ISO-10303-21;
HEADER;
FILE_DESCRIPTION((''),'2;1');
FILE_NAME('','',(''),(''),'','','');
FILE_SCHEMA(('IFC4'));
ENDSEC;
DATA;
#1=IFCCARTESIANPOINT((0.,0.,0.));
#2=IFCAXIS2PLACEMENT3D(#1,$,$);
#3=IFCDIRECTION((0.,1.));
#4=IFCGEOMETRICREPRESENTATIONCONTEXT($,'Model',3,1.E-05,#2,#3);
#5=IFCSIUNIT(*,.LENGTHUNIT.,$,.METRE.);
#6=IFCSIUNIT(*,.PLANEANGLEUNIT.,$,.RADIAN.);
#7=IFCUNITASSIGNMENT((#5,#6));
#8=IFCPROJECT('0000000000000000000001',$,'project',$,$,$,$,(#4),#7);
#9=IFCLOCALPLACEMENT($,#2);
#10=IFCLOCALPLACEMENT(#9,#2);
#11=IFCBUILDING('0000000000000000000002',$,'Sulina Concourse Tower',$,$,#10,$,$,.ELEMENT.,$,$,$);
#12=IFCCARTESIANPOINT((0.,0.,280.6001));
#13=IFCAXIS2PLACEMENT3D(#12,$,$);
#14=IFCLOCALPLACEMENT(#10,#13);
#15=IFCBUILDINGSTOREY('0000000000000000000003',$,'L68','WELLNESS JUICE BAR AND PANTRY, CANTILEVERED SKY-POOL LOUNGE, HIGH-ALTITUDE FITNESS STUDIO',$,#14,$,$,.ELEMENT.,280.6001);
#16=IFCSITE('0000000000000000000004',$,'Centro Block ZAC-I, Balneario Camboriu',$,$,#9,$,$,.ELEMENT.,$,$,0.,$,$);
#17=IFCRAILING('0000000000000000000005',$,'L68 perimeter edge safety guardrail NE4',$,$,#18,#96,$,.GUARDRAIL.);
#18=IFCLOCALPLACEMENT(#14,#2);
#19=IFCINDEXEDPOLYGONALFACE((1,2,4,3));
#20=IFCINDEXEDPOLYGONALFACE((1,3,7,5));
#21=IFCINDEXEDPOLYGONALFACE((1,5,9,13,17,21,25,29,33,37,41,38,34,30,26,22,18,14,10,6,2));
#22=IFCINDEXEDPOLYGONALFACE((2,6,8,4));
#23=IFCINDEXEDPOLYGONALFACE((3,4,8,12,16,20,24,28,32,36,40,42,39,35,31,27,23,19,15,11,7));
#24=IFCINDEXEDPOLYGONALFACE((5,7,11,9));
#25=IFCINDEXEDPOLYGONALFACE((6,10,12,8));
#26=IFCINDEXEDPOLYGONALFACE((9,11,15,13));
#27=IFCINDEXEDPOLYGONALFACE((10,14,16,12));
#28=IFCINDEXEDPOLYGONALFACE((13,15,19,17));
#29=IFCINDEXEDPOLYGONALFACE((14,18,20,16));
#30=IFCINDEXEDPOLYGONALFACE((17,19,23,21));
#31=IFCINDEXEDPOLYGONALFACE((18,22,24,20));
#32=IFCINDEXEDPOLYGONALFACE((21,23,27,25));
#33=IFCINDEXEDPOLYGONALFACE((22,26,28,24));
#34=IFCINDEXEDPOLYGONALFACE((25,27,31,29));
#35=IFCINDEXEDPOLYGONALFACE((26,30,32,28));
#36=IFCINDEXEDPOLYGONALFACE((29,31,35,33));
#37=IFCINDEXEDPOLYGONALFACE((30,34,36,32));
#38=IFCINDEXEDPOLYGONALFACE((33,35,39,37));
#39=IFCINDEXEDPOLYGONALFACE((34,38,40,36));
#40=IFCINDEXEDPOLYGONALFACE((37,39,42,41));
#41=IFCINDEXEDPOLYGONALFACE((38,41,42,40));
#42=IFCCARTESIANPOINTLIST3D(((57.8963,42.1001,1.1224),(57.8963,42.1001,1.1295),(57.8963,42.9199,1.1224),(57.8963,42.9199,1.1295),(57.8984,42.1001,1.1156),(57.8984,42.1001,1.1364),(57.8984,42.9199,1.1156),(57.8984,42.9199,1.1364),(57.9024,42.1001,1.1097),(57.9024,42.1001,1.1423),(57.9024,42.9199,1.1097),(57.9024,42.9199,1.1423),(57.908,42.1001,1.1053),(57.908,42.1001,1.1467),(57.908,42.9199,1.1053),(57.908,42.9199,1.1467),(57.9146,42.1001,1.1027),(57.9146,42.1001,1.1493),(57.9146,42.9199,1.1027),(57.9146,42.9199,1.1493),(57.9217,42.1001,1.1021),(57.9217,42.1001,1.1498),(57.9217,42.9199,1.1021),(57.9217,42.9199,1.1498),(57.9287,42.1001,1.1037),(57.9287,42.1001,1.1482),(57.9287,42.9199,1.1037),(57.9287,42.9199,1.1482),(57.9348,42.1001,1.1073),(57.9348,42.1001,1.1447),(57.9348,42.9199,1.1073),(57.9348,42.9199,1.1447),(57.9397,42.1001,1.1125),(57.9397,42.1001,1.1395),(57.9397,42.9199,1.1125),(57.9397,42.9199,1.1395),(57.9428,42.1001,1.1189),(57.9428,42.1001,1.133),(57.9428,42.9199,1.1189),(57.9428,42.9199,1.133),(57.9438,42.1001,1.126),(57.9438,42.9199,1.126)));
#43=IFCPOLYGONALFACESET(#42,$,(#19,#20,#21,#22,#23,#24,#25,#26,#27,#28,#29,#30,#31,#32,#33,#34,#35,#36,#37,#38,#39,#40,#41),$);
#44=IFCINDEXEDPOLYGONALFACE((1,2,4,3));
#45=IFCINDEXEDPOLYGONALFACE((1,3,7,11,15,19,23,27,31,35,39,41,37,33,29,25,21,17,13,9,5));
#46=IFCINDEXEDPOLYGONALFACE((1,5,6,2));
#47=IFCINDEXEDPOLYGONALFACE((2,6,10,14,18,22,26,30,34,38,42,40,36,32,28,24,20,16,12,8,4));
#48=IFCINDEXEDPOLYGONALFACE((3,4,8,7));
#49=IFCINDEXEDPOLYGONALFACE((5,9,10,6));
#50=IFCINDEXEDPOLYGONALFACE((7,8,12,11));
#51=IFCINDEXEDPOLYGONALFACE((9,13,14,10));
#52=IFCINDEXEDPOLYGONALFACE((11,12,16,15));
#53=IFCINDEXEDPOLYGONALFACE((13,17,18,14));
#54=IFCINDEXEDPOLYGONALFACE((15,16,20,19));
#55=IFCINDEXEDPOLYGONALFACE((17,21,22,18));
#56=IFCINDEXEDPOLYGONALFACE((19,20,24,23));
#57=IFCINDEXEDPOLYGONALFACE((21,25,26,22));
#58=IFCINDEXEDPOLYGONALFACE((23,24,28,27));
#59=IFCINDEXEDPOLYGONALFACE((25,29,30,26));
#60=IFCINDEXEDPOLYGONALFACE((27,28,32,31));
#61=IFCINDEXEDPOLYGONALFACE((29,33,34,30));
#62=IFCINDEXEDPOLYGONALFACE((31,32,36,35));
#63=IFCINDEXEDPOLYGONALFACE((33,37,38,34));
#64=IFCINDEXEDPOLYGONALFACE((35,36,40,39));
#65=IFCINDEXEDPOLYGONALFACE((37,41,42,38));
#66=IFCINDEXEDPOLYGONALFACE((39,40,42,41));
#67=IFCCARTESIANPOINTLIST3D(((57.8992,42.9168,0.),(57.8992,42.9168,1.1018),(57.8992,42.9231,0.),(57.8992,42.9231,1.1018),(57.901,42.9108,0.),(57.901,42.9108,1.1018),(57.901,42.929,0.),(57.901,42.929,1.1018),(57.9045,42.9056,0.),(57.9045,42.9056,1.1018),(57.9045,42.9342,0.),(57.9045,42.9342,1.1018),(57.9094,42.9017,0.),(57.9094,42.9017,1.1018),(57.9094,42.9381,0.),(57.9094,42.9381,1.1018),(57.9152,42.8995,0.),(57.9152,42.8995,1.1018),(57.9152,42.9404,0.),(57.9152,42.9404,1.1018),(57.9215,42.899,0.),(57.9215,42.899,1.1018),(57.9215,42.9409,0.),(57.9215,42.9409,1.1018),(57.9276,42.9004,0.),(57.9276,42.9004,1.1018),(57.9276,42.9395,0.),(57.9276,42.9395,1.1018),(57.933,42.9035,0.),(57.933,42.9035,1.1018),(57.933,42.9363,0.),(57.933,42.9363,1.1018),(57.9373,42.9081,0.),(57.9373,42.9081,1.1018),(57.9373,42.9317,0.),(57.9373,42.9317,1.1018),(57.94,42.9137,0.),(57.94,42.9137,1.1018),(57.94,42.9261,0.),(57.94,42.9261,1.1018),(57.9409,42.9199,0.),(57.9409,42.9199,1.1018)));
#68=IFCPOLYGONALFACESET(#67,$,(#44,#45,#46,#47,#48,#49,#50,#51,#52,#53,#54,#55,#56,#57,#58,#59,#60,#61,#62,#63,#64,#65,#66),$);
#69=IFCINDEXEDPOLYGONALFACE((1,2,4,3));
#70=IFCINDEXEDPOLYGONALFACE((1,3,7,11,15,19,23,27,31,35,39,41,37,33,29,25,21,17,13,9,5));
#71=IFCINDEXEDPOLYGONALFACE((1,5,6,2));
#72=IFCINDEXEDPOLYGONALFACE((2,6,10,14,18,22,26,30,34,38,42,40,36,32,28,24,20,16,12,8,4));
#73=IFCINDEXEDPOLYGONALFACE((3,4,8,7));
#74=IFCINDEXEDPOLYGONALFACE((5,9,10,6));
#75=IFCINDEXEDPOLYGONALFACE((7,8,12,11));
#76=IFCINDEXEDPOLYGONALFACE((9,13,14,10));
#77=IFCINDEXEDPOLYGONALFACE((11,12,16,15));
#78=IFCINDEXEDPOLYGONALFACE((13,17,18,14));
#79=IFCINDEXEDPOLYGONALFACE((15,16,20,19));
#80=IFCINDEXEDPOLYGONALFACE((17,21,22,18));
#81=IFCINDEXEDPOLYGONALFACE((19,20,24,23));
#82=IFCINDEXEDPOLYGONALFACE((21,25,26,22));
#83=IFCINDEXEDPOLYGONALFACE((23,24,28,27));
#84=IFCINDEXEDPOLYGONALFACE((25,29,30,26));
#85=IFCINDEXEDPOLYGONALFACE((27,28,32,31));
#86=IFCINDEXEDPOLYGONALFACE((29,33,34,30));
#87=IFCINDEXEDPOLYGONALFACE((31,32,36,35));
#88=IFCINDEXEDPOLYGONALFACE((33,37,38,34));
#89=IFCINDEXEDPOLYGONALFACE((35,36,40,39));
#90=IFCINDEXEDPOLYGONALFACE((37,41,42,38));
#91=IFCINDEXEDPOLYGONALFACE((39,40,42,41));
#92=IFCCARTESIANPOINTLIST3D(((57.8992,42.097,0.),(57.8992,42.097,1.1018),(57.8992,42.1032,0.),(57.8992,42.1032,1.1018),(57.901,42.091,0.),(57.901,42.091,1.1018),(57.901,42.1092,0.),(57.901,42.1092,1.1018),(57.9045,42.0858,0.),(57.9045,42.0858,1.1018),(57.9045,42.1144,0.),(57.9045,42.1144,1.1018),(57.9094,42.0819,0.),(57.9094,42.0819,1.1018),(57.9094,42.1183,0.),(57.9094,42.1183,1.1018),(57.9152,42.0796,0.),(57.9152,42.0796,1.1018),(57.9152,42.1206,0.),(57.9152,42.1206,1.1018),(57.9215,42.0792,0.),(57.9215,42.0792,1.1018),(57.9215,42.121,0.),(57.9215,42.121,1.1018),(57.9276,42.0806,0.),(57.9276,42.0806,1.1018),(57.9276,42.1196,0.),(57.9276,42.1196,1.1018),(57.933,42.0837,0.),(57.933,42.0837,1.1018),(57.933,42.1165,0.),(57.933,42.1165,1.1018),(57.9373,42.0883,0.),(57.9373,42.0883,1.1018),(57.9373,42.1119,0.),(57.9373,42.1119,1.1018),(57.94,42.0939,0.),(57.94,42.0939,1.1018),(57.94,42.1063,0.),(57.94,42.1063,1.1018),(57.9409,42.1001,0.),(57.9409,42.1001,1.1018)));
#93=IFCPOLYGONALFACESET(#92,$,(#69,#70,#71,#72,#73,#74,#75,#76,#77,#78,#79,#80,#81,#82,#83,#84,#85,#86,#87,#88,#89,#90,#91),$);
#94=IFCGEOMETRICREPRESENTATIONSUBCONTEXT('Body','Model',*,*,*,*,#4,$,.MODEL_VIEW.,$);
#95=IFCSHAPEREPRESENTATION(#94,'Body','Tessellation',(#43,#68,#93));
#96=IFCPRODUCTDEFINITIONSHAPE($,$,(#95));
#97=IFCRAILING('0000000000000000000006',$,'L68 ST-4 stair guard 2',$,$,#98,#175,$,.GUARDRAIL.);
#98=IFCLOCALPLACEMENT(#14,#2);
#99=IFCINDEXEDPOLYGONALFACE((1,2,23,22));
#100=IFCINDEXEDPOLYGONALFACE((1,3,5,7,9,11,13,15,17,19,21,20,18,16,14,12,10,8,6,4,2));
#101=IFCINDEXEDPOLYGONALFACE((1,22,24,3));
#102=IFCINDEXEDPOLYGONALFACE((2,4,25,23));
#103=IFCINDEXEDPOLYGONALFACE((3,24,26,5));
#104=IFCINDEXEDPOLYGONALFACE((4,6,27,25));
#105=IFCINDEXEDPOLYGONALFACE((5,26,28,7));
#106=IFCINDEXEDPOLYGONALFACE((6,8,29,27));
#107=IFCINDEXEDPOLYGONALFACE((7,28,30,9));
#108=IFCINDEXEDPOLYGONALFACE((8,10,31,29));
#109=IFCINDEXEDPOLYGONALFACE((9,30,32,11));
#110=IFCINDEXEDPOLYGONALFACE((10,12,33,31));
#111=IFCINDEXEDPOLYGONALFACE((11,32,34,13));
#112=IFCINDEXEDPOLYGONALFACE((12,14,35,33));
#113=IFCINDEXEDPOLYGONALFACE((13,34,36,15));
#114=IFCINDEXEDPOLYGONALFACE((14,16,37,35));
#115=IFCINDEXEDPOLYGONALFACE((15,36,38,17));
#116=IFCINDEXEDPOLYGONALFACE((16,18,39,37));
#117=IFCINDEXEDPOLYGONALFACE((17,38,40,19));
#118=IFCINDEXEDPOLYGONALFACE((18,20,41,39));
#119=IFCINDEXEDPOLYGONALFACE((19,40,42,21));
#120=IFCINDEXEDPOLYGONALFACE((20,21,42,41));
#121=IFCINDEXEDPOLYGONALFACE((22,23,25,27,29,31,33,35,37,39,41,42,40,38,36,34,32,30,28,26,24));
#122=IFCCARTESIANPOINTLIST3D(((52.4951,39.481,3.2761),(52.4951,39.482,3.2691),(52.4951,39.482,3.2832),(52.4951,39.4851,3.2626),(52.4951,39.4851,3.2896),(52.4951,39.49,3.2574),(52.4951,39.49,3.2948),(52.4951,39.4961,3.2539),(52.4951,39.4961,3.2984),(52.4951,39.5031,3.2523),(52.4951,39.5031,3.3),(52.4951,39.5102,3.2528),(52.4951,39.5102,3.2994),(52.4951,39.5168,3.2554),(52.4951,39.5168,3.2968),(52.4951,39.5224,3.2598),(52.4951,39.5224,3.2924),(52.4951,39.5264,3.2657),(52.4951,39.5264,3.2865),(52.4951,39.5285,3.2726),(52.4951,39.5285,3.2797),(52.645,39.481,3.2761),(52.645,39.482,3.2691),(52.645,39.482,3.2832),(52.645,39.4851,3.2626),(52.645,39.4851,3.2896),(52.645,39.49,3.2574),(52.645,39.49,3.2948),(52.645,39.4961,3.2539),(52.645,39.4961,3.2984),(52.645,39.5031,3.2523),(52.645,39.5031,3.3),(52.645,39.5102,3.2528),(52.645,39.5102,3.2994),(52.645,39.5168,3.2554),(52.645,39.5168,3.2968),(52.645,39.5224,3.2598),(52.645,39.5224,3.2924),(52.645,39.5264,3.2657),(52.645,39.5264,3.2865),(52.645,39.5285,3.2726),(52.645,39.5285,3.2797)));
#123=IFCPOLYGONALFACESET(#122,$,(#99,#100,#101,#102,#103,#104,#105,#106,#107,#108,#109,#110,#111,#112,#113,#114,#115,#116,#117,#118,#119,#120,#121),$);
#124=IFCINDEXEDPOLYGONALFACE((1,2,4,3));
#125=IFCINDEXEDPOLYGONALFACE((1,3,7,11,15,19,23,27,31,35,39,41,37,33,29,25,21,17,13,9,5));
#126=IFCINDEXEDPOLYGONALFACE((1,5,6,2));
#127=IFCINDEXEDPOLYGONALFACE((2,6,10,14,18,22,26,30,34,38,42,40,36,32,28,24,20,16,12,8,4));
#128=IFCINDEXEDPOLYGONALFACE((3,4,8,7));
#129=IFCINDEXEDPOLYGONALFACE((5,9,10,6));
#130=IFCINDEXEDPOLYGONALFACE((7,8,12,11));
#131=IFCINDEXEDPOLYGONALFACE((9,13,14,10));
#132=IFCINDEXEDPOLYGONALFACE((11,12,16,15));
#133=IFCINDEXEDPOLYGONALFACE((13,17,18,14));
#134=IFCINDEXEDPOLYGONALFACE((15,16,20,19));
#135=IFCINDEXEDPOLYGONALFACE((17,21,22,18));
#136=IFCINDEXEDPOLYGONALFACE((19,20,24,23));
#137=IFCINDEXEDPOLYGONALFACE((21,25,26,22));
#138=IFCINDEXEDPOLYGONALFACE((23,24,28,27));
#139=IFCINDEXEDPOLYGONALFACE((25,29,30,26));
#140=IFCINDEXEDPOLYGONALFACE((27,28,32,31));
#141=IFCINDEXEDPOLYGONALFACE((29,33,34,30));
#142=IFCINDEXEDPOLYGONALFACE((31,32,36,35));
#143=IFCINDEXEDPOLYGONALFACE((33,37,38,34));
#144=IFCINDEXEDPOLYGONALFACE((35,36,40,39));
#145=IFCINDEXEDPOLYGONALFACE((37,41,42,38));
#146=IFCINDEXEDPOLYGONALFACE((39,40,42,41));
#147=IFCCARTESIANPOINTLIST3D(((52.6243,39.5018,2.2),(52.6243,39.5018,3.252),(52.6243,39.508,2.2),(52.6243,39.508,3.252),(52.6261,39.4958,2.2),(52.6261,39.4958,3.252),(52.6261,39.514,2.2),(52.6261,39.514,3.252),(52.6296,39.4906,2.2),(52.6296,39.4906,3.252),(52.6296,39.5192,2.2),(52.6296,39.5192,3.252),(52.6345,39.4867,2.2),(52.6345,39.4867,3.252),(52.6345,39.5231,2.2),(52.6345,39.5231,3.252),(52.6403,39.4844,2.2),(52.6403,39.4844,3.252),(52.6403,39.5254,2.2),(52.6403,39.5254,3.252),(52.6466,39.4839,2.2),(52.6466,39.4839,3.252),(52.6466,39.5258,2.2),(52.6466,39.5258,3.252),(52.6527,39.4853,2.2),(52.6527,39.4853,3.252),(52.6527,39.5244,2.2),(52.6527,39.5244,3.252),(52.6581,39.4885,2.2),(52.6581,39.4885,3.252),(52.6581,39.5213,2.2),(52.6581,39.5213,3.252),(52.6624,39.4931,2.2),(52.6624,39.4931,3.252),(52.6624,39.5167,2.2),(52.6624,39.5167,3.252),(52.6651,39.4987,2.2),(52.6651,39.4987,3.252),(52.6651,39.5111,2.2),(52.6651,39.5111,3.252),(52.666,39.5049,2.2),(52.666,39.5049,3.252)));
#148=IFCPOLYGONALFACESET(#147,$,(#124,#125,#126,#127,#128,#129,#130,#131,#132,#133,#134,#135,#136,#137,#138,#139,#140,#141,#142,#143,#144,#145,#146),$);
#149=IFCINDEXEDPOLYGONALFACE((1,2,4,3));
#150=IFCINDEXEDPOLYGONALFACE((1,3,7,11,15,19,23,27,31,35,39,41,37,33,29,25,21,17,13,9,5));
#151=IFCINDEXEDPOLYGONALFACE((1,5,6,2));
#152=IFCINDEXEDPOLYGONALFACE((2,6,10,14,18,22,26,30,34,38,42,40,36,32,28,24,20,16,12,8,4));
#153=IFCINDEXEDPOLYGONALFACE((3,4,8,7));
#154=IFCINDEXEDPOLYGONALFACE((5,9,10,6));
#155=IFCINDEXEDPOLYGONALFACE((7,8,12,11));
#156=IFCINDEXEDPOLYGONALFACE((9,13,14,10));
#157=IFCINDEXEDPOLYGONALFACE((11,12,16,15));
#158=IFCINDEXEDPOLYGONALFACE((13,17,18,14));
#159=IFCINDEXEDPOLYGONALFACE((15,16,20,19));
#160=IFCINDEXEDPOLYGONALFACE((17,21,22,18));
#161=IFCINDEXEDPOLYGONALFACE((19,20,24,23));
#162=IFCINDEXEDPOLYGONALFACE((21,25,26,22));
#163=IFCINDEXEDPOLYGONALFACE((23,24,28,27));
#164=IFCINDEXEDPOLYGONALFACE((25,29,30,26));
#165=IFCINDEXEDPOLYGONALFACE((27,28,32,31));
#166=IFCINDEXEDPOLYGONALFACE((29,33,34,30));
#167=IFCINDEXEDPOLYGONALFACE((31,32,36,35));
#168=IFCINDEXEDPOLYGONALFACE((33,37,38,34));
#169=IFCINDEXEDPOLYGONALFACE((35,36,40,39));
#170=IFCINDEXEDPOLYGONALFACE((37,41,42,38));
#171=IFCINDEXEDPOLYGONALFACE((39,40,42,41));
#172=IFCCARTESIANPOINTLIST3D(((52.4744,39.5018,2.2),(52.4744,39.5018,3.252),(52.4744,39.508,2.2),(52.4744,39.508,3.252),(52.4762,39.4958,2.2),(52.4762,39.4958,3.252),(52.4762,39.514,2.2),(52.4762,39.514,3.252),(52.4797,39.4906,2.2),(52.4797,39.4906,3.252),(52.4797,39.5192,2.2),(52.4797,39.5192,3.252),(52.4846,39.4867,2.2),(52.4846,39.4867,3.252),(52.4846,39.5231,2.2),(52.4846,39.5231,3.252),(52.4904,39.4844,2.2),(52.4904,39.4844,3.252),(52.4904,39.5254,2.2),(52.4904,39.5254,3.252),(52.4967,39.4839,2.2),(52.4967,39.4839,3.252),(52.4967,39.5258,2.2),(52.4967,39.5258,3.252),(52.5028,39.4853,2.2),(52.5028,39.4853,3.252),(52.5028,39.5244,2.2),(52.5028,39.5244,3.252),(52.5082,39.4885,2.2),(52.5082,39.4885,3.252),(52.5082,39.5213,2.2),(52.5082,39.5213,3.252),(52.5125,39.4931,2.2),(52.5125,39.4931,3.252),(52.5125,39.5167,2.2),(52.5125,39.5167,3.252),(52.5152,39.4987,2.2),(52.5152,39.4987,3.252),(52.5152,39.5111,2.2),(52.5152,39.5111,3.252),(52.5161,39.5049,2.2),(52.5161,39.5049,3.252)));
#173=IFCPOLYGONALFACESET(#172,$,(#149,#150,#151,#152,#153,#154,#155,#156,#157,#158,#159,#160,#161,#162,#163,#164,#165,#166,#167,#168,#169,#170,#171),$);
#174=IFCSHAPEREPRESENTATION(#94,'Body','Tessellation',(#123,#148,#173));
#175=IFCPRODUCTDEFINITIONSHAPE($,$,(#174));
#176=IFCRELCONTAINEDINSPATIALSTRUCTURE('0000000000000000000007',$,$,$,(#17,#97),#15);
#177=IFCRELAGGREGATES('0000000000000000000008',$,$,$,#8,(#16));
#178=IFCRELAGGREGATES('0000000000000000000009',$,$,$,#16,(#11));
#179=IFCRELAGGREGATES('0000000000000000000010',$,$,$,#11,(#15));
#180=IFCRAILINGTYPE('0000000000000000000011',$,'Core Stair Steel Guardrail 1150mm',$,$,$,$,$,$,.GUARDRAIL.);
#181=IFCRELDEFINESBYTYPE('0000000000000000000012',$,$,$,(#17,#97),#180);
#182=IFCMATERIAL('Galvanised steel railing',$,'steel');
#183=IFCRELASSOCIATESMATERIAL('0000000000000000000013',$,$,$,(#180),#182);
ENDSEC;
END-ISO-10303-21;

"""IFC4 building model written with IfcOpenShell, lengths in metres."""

from ifc_helpers import new_model, si_unit, direction, frame, origin, origin_2d, place, context, subcontext, project, spatial, circle, extrude, material, type_object, element, save


model = new_model("IFC4")

# Units and contexts
model_context = context("Model", 3, precision=1e-05, world=origin(), true_north=direction((0.0, 1.0)))
body_context = subcontext(model_context, "Body", "Model", "MODEL_VIEW")
ifc_project = project(units=[si_unit("LENGTHUNIT", "METRE"), si_unit("PLANEANGLEUNIT", "RADIAN")], contexts=[model_context])

# Site, building, storey
site_placement = place(None, origin())
site = spatial("IfcSite", under=ifc_project, at=site_placement, Name="Centro Block ZAC-I, Balneario Camboriu", CompositionType="ELEMENT", RefElevation=0.0)
building_placement = place(site_placement, origin())
building = spatial("IfcBuilding", under=site, at=building_placement, Name="Sulina Concourse Tower", CompositionType="ELEMENT")
storey_placement = place(building_placement, frame((0.0, 0.0, 280.6001)))
storey = spatial("IfcBuildingStorey", under=building, at=storey_placement, Name="L68", Description="WELLNESS JUICE BAR AND PANTRY, CANTILEVERED SKY-POOL LOUNGE, HIGH-ALTITUDE FITNESS STUDIO", CompositionType="ELEMENT", Elevation=280.6001)

# Railings
ifc_material_1 = material(Name="Galvanised steel railing", Category="steel")
railing_type_1 = type_object("IfcRailingType", Name="Core Stair Steel Guardrail 1150mm", PredefinedType="GUARDRAIL", material=ifc_material_1)
railing_1_placement = place(storey_placement, frame((57.9199, 42.9199, 0.0)))
element("IfcRailing", 1, at=railing_1_placement, inside=storey, type_object=railing_type_1, Name="L68 perimeter edge safety guardrail NE4", PredefinedType="GUARDRAIL", context=body_context, shape_type="SweptSolid", body=[
    extrude(circle(Radius=0.0239, at=origin_2d()), frame((0.0, 0.0, 1.126), z_axis=(0.0, -1.0, 0.0), x_axis=(1.0, 0.0, 0.0)), (0.0, 0.0, 1.0), 0.8198),
    extrude(circle(Radius=0.021, at=origin_2d()), origin(), (0.0, 0.0, 1.0), 1.1018),
    extrude(circle(Radius=0.021, at=origin_2d()), frame((0.0, -0.8198, 0.0)), (0.0, 0.0, 1.0), 1.1018),
])
railing_2_placement = place(storey_placement, frame((52.645, 39.5049, 2.2)))
element("IfcRailing", 2, at=railing_2_placement, inside=storey, type_object=railing_type_1, Name="L68 ST-4 stair guard 2", PredefinedType="GUARDRAIL", context=body_context, shape_type="SweptSolid", body=[
    extrude(circle(Radius=0.0239, at=origin_2d()), frame((0.0, 0.0, 1.0762), z_axis=(-1.0, 0.0, 0.0), x_axis=(0.0, -1.0, 0.0)), (0.0, 0.0, 1.0), 0.1499),
    extrude(circle(Radius=0.021, at=origin_2d()), origin(), (0.0, 0.0, 1.0), 1.052),
    extrude(circle(Radius=0.021, at=origin_2d()), frame((-0.1499, 0.0, 0.0)), (0.0, 0.0, 1.0), 1.052),
])

save(model, "model.ifc")
